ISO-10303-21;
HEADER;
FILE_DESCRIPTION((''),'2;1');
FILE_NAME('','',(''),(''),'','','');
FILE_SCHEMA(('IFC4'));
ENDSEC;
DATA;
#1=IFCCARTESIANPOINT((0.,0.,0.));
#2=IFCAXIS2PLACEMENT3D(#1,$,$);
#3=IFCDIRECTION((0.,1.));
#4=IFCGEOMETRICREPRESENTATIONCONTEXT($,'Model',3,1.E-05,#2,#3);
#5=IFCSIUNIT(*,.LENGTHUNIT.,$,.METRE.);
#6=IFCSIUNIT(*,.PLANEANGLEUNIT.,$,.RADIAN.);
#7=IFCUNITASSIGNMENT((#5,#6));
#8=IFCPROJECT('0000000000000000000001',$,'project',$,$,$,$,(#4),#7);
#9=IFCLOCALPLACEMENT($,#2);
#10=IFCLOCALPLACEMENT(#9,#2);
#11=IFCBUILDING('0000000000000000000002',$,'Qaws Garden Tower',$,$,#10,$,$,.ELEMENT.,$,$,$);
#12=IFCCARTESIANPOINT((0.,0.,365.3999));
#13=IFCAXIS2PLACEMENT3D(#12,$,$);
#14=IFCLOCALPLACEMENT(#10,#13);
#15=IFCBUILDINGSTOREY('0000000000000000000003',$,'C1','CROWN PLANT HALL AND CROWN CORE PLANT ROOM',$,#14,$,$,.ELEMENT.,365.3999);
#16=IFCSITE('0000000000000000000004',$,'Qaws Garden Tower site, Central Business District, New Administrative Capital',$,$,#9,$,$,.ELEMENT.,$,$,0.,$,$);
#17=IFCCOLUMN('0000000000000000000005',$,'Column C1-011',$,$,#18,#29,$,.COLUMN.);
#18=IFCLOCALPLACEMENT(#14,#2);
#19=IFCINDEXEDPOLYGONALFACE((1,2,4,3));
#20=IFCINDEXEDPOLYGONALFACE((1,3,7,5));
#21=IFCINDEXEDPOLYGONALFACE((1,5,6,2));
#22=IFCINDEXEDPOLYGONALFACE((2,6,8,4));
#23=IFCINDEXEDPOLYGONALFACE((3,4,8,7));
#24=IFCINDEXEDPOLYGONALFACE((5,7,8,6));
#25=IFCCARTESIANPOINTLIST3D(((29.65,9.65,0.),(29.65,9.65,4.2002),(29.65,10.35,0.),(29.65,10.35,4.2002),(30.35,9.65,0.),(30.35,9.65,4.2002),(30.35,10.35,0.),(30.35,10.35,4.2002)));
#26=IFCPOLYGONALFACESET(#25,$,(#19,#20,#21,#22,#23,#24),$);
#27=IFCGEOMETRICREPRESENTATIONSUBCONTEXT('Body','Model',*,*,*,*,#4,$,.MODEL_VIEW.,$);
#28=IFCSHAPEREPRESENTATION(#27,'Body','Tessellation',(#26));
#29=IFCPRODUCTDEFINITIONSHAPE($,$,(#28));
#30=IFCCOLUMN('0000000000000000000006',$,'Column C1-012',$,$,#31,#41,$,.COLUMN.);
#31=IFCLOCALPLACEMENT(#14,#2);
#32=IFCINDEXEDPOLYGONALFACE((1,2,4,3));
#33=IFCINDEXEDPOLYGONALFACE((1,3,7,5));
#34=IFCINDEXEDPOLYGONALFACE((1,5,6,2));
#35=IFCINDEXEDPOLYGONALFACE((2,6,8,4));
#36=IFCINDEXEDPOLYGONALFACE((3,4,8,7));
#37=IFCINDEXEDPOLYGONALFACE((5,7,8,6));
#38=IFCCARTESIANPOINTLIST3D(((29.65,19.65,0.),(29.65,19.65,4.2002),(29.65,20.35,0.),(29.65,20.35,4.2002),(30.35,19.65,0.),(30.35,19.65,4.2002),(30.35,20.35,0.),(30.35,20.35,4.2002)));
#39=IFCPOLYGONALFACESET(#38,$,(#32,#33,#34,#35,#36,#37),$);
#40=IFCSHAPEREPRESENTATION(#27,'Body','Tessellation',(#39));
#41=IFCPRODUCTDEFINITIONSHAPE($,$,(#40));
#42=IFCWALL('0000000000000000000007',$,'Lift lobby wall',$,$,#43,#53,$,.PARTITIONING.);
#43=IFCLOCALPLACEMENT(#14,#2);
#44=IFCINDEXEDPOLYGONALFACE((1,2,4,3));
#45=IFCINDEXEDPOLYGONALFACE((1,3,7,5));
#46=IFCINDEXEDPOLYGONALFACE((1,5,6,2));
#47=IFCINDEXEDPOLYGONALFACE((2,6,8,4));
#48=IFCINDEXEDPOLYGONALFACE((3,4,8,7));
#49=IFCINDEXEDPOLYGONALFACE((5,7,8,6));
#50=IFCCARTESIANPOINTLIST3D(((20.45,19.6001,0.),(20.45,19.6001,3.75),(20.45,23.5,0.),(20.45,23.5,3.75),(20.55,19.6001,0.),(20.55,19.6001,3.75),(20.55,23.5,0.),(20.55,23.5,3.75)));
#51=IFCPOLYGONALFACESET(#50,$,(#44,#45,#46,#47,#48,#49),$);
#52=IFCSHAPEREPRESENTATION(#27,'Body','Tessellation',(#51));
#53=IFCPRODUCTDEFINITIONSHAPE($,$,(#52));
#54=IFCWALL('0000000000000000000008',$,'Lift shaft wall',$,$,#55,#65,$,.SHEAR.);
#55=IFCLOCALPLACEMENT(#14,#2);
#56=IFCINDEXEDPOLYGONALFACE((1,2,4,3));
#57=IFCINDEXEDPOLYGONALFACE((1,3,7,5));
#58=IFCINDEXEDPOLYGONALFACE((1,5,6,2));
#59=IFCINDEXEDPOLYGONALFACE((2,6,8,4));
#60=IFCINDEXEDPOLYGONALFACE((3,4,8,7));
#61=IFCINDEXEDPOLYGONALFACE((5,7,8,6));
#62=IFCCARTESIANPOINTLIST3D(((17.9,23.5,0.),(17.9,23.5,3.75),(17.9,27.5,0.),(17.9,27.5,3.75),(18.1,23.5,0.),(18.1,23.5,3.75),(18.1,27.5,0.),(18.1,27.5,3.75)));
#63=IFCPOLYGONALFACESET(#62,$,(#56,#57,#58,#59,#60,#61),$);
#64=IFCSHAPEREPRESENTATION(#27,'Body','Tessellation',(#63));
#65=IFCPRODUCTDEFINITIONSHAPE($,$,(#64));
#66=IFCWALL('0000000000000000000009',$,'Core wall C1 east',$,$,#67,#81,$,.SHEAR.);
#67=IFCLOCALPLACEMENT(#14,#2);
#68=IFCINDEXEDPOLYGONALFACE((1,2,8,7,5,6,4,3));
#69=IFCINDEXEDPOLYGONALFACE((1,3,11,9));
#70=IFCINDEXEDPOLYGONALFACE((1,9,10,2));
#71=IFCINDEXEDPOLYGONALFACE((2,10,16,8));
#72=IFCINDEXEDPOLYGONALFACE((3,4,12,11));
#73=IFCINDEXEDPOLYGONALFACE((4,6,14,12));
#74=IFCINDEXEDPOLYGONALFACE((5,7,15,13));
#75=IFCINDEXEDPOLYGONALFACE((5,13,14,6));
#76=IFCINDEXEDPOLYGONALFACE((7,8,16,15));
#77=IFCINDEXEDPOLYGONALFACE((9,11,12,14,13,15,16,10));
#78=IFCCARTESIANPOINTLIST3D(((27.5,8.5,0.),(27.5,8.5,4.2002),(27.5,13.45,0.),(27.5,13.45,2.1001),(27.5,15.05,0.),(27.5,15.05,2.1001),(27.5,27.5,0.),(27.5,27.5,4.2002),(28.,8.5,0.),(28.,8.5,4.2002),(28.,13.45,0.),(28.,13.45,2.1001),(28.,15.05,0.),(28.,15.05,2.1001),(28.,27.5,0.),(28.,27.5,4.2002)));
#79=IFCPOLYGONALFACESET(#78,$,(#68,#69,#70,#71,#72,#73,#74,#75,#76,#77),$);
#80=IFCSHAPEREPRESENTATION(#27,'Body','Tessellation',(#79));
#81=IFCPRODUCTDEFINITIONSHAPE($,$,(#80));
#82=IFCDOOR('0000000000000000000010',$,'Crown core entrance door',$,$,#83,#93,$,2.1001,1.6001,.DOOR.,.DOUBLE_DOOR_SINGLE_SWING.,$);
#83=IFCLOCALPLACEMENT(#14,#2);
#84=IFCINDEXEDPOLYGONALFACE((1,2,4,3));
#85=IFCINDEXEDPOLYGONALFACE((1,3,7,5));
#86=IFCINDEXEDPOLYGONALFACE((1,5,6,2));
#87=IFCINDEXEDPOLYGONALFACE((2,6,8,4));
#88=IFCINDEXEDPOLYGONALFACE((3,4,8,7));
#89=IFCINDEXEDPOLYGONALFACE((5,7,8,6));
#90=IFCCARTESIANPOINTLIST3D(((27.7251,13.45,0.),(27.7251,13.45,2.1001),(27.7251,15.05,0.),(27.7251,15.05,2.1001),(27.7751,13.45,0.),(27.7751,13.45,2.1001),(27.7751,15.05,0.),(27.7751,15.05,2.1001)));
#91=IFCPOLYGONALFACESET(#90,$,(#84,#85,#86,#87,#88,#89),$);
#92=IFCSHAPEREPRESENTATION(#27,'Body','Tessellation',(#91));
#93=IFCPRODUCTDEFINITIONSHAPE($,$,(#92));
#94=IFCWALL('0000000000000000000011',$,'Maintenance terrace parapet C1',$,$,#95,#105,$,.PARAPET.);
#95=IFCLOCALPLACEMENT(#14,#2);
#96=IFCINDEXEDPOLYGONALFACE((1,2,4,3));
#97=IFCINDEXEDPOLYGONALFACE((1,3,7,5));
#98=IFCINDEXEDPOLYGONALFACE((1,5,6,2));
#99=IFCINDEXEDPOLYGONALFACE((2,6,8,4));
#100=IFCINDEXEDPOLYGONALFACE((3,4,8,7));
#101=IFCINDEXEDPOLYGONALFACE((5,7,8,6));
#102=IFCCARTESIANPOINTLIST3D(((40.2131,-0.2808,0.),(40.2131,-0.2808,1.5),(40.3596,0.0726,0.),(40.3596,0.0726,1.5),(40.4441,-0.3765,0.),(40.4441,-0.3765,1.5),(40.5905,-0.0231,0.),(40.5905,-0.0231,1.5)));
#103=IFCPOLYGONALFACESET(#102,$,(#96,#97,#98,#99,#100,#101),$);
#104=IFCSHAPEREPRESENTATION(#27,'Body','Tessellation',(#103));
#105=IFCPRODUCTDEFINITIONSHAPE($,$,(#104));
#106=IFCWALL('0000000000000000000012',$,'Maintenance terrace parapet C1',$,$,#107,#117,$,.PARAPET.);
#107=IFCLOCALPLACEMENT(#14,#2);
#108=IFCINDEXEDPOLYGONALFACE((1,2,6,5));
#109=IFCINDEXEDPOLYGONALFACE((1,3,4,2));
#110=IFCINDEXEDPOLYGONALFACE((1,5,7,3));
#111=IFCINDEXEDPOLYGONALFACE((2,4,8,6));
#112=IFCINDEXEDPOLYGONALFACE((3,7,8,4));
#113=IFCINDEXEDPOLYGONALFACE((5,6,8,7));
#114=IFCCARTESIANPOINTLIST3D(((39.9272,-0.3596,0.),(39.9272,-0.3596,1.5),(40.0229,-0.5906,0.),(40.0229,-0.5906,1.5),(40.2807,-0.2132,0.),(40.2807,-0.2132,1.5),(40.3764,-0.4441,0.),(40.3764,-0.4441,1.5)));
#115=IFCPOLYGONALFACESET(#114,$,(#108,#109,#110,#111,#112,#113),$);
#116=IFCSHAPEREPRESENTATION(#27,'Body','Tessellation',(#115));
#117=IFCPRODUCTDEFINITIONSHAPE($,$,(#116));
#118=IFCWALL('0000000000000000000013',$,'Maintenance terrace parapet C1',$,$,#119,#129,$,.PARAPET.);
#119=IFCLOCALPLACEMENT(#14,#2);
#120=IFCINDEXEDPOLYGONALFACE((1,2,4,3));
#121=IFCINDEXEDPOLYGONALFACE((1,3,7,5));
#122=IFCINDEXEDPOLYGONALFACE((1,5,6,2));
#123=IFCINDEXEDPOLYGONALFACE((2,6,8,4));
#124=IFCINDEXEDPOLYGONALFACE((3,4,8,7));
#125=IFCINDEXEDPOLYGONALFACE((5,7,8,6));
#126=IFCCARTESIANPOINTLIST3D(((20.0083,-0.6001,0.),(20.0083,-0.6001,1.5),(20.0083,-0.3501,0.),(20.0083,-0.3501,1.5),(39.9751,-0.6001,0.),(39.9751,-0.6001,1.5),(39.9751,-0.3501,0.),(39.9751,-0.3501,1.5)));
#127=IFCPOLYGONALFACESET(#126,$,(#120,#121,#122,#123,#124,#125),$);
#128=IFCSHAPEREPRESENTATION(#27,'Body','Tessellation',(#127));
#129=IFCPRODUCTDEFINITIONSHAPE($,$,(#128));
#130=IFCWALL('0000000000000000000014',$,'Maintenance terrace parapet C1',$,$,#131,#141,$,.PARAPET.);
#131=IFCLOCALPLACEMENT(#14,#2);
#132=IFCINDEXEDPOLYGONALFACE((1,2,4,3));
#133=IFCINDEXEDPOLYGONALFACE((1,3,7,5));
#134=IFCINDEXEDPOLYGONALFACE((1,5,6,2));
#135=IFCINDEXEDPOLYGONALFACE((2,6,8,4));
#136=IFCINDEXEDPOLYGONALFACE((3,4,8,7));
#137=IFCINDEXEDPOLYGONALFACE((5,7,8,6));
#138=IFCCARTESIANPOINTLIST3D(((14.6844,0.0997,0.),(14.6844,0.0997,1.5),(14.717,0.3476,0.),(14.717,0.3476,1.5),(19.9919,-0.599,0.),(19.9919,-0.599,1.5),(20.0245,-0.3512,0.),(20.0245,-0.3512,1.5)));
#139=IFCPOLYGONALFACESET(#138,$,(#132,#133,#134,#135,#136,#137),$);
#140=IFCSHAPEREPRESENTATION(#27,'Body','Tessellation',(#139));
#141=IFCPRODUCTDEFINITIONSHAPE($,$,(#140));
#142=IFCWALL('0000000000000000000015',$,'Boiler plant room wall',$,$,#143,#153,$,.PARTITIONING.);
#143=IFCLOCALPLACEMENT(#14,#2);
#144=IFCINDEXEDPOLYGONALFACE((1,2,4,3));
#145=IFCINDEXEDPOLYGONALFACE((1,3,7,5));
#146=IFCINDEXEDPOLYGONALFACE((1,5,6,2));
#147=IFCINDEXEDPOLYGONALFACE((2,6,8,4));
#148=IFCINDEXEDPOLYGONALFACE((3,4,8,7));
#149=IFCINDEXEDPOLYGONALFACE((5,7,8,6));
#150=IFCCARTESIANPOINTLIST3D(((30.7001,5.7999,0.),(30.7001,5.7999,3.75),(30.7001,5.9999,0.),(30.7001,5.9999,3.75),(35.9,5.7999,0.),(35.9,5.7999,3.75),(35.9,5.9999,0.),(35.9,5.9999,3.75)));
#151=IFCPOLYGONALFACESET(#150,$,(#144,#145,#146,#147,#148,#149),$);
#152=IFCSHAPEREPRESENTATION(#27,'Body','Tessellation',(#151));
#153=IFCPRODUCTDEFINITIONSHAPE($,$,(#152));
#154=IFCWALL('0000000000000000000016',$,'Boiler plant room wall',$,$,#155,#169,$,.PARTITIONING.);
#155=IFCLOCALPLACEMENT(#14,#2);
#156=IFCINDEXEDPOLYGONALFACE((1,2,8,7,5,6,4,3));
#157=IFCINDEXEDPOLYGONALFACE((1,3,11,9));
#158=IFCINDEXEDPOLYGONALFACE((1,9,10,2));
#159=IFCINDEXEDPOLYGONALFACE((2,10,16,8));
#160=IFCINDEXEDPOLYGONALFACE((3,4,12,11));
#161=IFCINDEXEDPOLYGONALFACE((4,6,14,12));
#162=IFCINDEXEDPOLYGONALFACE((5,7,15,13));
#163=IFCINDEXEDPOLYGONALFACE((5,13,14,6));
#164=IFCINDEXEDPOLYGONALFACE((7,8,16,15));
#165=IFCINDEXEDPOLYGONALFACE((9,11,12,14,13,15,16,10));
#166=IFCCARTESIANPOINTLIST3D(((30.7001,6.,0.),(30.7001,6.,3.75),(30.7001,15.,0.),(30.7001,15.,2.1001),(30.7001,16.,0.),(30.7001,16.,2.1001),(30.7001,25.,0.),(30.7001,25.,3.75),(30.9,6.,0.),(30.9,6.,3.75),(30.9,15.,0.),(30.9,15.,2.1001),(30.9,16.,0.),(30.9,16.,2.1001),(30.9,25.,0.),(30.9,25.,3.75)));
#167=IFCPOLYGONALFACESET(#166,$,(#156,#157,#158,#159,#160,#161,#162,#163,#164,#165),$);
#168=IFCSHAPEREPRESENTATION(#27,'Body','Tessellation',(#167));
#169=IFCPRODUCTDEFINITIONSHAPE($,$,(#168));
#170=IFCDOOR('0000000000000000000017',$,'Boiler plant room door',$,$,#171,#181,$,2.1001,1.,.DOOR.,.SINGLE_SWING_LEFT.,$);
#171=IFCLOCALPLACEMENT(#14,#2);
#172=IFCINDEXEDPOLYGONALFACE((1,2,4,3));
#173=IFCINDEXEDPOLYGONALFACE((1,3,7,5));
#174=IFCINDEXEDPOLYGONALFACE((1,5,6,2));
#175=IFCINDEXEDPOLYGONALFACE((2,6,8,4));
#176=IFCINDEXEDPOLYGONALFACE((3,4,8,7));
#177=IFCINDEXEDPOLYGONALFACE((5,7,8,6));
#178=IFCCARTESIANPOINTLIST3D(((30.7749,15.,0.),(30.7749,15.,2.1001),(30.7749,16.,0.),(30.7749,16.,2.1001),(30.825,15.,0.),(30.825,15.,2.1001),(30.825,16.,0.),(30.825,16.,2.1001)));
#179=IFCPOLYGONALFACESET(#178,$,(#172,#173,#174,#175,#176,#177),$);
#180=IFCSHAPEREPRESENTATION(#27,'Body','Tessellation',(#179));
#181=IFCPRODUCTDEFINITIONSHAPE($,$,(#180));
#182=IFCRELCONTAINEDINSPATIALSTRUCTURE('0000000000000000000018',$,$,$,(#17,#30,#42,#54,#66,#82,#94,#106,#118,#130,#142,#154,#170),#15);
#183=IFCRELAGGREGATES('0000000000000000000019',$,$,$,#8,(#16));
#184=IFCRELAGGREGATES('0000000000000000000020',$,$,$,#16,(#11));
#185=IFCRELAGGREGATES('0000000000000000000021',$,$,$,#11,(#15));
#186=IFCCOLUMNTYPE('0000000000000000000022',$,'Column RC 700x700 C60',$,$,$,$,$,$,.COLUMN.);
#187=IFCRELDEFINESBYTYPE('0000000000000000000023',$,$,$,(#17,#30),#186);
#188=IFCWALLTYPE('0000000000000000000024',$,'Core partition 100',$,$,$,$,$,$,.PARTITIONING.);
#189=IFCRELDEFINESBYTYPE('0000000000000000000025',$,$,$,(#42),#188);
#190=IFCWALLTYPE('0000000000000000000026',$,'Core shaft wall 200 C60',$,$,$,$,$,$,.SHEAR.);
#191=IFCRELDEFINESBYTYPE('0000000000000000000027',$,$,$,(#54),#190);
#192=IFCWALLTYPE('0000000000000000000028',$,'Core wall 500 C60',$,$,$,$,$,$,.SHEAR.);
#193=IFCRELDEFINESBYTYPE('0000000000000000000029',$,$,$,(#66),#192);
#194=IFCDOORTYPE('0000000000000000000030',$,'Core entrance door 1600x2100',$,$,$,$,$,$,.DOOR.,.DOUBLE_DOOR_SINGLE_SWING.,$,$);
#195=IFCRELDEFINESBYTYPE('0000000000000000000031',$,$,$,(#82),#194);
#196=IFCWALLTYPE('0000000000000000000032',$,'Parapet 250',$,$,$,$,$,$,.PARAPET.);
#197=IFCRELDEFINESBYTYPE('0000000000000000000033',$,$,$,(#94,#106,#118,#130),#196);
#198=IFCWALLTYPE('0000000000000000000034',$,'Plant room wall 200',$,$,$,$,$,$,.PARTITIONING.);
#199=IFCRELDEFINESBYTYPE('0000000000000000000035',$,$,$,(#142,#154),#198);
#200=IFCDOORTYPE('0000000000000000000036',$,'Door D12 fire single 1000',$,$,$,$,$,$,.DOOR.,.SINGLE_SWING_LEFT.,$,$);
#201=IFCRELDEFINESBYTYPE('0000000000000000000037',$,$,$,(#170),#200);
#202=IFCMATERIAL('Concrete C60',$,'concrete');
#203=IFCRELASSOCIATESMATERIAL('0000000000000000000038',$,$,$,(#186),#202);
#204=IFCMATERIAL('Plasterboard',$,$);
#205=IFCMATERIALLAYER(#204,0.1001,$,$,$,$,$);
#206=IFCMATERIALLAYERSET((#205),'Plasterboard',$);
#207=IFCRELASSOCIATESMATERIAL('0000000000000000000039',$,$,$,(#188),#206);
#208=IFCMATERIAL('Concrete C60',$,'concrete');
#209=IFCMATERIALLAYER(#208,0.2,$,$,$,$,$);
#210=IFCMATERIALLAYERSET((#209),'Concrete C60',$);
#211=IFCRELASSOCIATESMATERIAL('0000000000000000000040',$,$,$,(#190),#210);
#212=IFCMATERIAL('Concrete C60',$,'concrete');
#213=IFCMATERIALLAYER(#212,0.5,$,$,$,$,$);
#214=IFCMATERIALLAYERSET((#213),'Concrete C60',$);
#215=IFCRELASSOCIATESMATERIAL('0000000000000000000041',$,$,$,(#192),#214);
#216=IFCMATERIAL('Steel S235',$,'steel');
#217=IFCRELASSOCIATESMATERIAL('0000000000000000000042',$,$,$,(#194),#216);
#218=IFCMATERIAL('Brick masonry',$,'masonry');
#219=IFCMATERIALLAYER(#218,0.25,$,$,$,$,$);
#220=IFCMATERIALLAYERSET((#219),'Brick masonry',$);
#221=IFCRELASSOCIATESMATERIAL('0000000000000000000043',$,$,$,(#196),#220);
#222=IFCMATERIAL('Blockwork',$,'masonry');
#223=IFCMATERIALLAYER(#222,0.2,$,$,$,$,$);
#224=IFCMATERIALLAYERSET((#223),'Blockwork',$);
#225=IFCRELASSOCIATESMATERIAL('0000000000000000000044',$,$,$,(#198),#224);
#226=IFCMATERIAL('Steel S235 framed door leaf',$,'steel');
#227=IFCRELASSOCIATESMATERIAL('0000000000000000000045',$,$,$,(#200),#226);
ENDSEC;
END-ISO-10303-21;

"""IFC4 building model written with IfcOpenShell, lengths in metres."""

from ifc_helpers import new_model, si_unit, direction, frame, frame_2d, origin, origin_2d, place, context, subcontext, project, spatial, rectangle, extrude, material, layer, layer_set, material_profile, profile_set, type_object, element, fill, save


model = new_model("IFC4")

# Units and contexts
model_context = context("Model", 3, precision=1e-05, world=origin(), true_north=direction((0.0, 1.0)))
body_context = subcontext(model_context, "Body", "Model", "MODEL_VIEW")
ifc_project = project(units=[si_unit("LENGTHUNIT", "METRE"), si_unit("PLANEANGLEUNIT", "RADIAN")], contexts=[model_context])

# Site, building, storey
site_placement = place(None, origin())
site = spatial("IfcSite", under=ifc_project, at=site_placement, Name="Qaws Garden Tower site, Central Business District, New Administrative Capital", CompositionType="ELEMENT", RefElevation=0.0)
building_placement = place(site_placement, origin())
building = spatial("IfcBuilding", under=site, at=building_placement, Name="Qaws Garden Tower", CompositionType="ELEMENT")
storey_placement = place(building_placement, frame((0.0, 0.0, 365.3999)))
storey = spatial("IfcBuildingStorey", under=building, at=storey_placement, Name="C1", Description="CROWN PLANT HALL AND CROWN CORE PLANT ROOM", CompositionType="ELEMENT", Elevation=365.3999)

# Columns
ifc_material_1 = material(Name="Concrete C60", Category="concrete")
ifc_material_profile = material_profile(ifc_material_1, rectangle(XDim=0.7, YDim=0.7, at=origin_2d()), Name="RC 700x700")
ifc_profile_set = profile_set([ifc_material_profile], Name="Concrete C60")
column_type = type_object("IfcColumnType", Name="Column RC 700x700 C60", PredefinedType="COLUMN", material=ifc_profile_set)
for number, where, z_axis, x_axis, name in (
    (1, (30.0, 10.0, 0.0), (0.0, 0.0, 1.0), (1.0, 0.0, 0.0), "Column C1-011"),
    (2, (30.0, 20.0, 0.0), (0.0, 0.0, 1.0), (1.0, 0.0, 0.0), "Column C1-012"),
):
    element("IfcColumn", number, at=place(storey_placement, frame(where, z_axis=z_axis, x_axis=x_axis)), inside=storey, type_object=column_type, Name=name, PredefinedType="COLUMN", context=body_context, shape_type="SweptSolid", body=[
        extrude(rectangle(XDim=0.7, YDim=0.7, at=origin_2d()), origin(), (0.0, 0.0, 1.0), 4.2002),
    ])

# Walls
ifc_material_2 = material(Name="Plasterboard")
ifc_layer_1 = layer(ifc_material_2, 0.1001)
ifc_layer_set_1 = layer_set([ifc_layer_1], Name="Plasterboard")
wall_type_1 = type_object("IfcWallType", Name="Core partition 100", PredefinedType="PARTITIONING", material=ifc_layer_set_1)
wall_1_placement = place(storey_placement, frame((20.5, 19.6001, 0.0), z_axis=(0.0, 0.0, 1.0), x_axis=(0.0, 1.0, 0.0)))
element("IfcWall", 3, at=wall_1_placement, inside=storey, type_object=wall_type_1, Name="Lift lobby wall", PredefinedType="PARTITIONING", context=body_context, shape_type="SweptSolid", body=[
    extrude(rectangle(XDim=3.8999, YDim=0.1001, at=frame_2d((1.95, 0.0))), origin(), (0.0, 0.0, 1.0), 3.75),
])
ifc_material_3 = material(Name="Concrete C60", Category="concrete")
ifc_layer_2 = layer(ifc_material_3, 0.2)
ifc_layer_set_2 = layer_set([ifc_layer_2], Name="Concrete C60")
wall_type_2 = type_object("IfcWallType", Name="Core shaft wall 200 C60", PredefinedType="SHEAR", material=ifc_layer_set_2)
wall_2_placement = place(storey_placement, frame((18.0, 23.5, 0.0), z_axis=(0.0, 0.0, 1.0), x_axis=(0.0, 1.0, 0.0)))
element("IfcWall", 4, at=wall_2_placement, inside=storey, type_object=wall_type_2, Name="Lift shaft wall", PredefinedType="SHEAR", context=body_context, shape_type="SweptSolid", body=[
    extrude(rectangle(XDim=4.0, YDim=0.2, at=frame_2d((2.0, 0.0))), origin(), (0.0, 0.0, 1.0), 3.75),
])

# Wall, opening, door
ifc_material_4 = material(Name="Concrete C60", Category="concrete")
ifc_layer_3 = layer(ifc_material_4, 0.5)
ifc_layer_set_3 = layer_set([ifc_layer_3], Name="Concrete C60")
wall_type_3 = type_object("IfcWallType", Name="Core wall 500 C60", PredefinedType="SHEAR", material=ifc_layer_set_3)
wall_3_placement = place(storey_placement, frame((27.75, 8.5, 0.0), z_axis=(0.0, 0.0, 1.0), x_axis=(0.0, 1.0, 0.0)))
wall_3 = element("IfcWall", 5, at=wall_3_placement, inside=storey, type_object=wall_type_3, Name="Core wall C1 east", PredefinedType="SHEAR", context=body_context, shape_type="SweptSolid", body=[
    extrude(rectangle(XDim=19.0, YDim=0.5, at=frame_2d((9.5, 0.0))), origin(), (0.0, 0.0, 1.0), 4.2002),
])
opening_1_placement = place(wall_3_placement, frame((4.95, 0.0, 0.0)))
opening_1 = element("IfcOpeningElement", 6, at=opening_1_placement, cuts=wall_3, PredefinedType="OPENING", context=body_context, shape_type="SweptSolid", body=[
    extrude(rectangle(XDim=1.6001, YDim=2.1001, at=frame_2d((0.8, 1.05))), frame((0.0, 0.26, 0.0), z_axis=(0.0, -1.0, 0.0), x_axis=(1.0, 0.0, 0.0)), (0.0, 0.0, 1.0), 0.52),
])
ifc_material_5 = material(Name="Steel S235", Category="steel")
door_type_1 = type_object("IfcDoorType", Name="Core entrance door 1600x2100", OperationType="DOUBLE_DOOR_SINGLE_SWING", PredefinedType="DOOR", material=ifc_material_5)
door_1_placement = place(opening_1_placement, origin())
door_1 = element("IfcDoor", 7, at=door_1_placement, inside=storey, type_object=door_type_1, Name="Crown core entrance door", OperationType="DOUBLE_DOOR_SINGLE_SWING", OverallHeight=2.1001, OverallWidth=1.6001, PredefinedType="DOOR", context=body_context, shape_type="SweptSolid", body=[
    extrude(rectangle(XDim=1.6001, YDim=2.1001, at=frame_2d((0.8, 1.05))), frame((0.0, 0.0249, 0.0), z_axis=(0.0, -1.0, 0.0), x_axis=(1.0, 0.0, 0.0)), (0.0, 0.0, 1.0), 0.05),
])
fill(opening_1, door_1)

# Walls
ifc_material_6 = material(Name="Brick masonry", Category="masonry")
ifc_layer_4 = layer(ifc_material_6, 0.25)
ifc_layer_set_4 = layer_set([ifc_layer_4], Name="Brick masonry")
wall_type_4 = type_object("IfcWallType", Name="Parapet 250", PredefinedType="PARAPET", material=ifc_layer_set_4)
for number, where, z_axis, x_axis, name in (
    (8, (40.4751, 0.0249, 0.0), (0.0, 0.0, 1.0), (-0.382803, -0.92383, 0.0), "Maintenance terrace parapet C1"),
    (9, (40.3286, -0.3286, 0.0), (0.0, 0.0, 1.0), (-0.92383, -0.382803, 0.0), "Maintenance terrace parapet C1"),
):
    element("IfcWall", number, at=place(storey_placement, frame(where, z_axis=z_axis, x_axis=x_axis)), inside=storey, type_object=wall_type_4, Name=name, PredefinedType="PARAPET", context=body_context, shape_type="SweptSolid", body=[
        extrude(rectangle(XDim=0.3826, YDim=0.25, at=frame_2d((0.1914, 0.0))), origin(), (0.0, 0.0, 1.0), 1.5),
    ])
wall_4_placement = place(storey_placement, frame((39.9751, -0.4751, 0.0), z_axis=(0.0, 0.0, 1.0), x_axis=(-1.0, 0.0, 0.0)))
element("IfcWall", 10, at=wall_4_placement, inside=storey, type_object=wall_type_4, Name="Maintenance terrace parapet C1", PredefinedType="PARAPET", context=body_context, shape_type="SweptSolid", body=[
    extrude(rectangle(XDim=19.9668, YDim=0.25, at=frame_2d((9.9834, 0.0))), origin(), (0.0, 0.0, 1.0), 1.5),
])
wall_5_placement = place(storey_placement, frame((20.0083, -0.4751, 0.0), z_axis=(0.0, 0.0, 1.0), x_axis=(-0.991445, 0.130526, 0.0)))
element("IfcWall", 11, at=wall_5_placement, inside=storey, type_object=wall_type_4, Name="Maintenance terrace parapet C1", PredefinedType="PARAPET", context=body_context, shape_type="SweptSolid", body=[
    extrude(rectangle(XDim=5.3533, YDim=0.25, at=frame_2d((2.6768, 0.0))), origin(), (0.0, 0.0, 1.0), 1.5),
])
ifc_material_7 = material(Name="Blockwork", Category="masonry")
ifc_layer_5 = layer(ifc_material_7, 0.2)
ifc_layer_set_5 = layer_set([ifc_layer_5], Name="Blockwork")
wall_type_5 = type_object("IfcWallType", Name="Plant room wall 200", PredefinedType="PARTITIONING", material=ifc_layer_set_5)
wall_6_placement = place(storey_placement, frame((30.7, 5.8999, 0.0), z_axis=(0.0, 0.0, 1.0), x_axis=(1.0, 0.0, 0.0)))
element("IfcWall", 12, at=wall_6_placement, inside=storey, type_object=wall_type_5, Name="Boiler plant room wall", PredefinedType="PARTITIONING", context=body_context, shape_type="SweptSolid", body=[
    extrude(rectangle(XDim=5.2, YDim=0.2, at=frame_2d((2.6001, 0.0))), origin(), (0.0, 0.0, 1.0), 3.75),
])

# Wall, opening, door
wall_7_placement = place(storey_placement, frame((30.8, 6.0, 0.0), z_axis=(0.0, 0.0, 1.0), x_axis=(0.0, 1.0, 0.0)))
wall_7 = element("IfcWall", 13, at=wall_7_placement, inside=storey, type_object=wall_type_5, Name="Boiler plant room wall", PredefinedType="PARTITIONING", context=body_context, shape_type="SweptSolid", body=[
    extrude(rectangle(XDim=19.0, YDim=0.2, at=frame_2d((9.5, 0.0))), origin(), (0.0, 0.0, 1.0), 3.75),
])
opening_2_placement = place(wall_7_placement, frame((9.0, 0.0, 0.0)))
opening_2 = element("IfcOpeningElement", 14, at=opening_2_placement, cuts=wall_7, PredefinedType="OPENING", context=body_context, shape_type="SweptSolid", body=[
    extrude(rectangle(XDim=1.0, YDim=2.1001, at=frame_2d((0.5, 1.05))), frame((0.0, 0.1099, 0.0), z_axis=(0.0, -1.0, 0.0), x_axis=(1.0, 0.0, 0.0)), (0.0, 0.0, 1.0), 0.22),
])
ifc_material_8 = material(Name="Steel S235 framed door leaf", Category="steel")
door_type_2 = type_object("IfcDoorType", Name="Door D12 fire single 1000", OperationType="SINGLE_SWING_LEFT", PredefinedType="DOOR", material=ifc_material_8)
door_2_placement = place(opening_2_placement, frame((1.0, 0.0, 0.0), z_axis=(0.0, 0.0, 1.0), x_axis=(-1.0, 0.0, 0.0)))
door_2 = element("IfcDoor", 15, at=door_2_placement, inside=storey, type_object=door_type_2, Name="Boiler plant room door", OperationType="SINGLE_SWING_LEFT", OverallHeight=2.1001, OverallWidth=1.0, PredefinedType="DOOR", context=body_context, shape_type="SweptSolid", body=[
    extrude(rectangle(XDim=1.0, YDim=2.1001, at=frame_2d((0.5, 1.05))), frame((0.0, 0.0249, 0.0), z_axis=(0.0, -1.0, 0.0), x_axis=(1.0, 0.0, 0.0)), (0.0, 0.0, 1.0), 0.05),
])
fill(opening_2, door_2)

save(model, "model.ifc")
